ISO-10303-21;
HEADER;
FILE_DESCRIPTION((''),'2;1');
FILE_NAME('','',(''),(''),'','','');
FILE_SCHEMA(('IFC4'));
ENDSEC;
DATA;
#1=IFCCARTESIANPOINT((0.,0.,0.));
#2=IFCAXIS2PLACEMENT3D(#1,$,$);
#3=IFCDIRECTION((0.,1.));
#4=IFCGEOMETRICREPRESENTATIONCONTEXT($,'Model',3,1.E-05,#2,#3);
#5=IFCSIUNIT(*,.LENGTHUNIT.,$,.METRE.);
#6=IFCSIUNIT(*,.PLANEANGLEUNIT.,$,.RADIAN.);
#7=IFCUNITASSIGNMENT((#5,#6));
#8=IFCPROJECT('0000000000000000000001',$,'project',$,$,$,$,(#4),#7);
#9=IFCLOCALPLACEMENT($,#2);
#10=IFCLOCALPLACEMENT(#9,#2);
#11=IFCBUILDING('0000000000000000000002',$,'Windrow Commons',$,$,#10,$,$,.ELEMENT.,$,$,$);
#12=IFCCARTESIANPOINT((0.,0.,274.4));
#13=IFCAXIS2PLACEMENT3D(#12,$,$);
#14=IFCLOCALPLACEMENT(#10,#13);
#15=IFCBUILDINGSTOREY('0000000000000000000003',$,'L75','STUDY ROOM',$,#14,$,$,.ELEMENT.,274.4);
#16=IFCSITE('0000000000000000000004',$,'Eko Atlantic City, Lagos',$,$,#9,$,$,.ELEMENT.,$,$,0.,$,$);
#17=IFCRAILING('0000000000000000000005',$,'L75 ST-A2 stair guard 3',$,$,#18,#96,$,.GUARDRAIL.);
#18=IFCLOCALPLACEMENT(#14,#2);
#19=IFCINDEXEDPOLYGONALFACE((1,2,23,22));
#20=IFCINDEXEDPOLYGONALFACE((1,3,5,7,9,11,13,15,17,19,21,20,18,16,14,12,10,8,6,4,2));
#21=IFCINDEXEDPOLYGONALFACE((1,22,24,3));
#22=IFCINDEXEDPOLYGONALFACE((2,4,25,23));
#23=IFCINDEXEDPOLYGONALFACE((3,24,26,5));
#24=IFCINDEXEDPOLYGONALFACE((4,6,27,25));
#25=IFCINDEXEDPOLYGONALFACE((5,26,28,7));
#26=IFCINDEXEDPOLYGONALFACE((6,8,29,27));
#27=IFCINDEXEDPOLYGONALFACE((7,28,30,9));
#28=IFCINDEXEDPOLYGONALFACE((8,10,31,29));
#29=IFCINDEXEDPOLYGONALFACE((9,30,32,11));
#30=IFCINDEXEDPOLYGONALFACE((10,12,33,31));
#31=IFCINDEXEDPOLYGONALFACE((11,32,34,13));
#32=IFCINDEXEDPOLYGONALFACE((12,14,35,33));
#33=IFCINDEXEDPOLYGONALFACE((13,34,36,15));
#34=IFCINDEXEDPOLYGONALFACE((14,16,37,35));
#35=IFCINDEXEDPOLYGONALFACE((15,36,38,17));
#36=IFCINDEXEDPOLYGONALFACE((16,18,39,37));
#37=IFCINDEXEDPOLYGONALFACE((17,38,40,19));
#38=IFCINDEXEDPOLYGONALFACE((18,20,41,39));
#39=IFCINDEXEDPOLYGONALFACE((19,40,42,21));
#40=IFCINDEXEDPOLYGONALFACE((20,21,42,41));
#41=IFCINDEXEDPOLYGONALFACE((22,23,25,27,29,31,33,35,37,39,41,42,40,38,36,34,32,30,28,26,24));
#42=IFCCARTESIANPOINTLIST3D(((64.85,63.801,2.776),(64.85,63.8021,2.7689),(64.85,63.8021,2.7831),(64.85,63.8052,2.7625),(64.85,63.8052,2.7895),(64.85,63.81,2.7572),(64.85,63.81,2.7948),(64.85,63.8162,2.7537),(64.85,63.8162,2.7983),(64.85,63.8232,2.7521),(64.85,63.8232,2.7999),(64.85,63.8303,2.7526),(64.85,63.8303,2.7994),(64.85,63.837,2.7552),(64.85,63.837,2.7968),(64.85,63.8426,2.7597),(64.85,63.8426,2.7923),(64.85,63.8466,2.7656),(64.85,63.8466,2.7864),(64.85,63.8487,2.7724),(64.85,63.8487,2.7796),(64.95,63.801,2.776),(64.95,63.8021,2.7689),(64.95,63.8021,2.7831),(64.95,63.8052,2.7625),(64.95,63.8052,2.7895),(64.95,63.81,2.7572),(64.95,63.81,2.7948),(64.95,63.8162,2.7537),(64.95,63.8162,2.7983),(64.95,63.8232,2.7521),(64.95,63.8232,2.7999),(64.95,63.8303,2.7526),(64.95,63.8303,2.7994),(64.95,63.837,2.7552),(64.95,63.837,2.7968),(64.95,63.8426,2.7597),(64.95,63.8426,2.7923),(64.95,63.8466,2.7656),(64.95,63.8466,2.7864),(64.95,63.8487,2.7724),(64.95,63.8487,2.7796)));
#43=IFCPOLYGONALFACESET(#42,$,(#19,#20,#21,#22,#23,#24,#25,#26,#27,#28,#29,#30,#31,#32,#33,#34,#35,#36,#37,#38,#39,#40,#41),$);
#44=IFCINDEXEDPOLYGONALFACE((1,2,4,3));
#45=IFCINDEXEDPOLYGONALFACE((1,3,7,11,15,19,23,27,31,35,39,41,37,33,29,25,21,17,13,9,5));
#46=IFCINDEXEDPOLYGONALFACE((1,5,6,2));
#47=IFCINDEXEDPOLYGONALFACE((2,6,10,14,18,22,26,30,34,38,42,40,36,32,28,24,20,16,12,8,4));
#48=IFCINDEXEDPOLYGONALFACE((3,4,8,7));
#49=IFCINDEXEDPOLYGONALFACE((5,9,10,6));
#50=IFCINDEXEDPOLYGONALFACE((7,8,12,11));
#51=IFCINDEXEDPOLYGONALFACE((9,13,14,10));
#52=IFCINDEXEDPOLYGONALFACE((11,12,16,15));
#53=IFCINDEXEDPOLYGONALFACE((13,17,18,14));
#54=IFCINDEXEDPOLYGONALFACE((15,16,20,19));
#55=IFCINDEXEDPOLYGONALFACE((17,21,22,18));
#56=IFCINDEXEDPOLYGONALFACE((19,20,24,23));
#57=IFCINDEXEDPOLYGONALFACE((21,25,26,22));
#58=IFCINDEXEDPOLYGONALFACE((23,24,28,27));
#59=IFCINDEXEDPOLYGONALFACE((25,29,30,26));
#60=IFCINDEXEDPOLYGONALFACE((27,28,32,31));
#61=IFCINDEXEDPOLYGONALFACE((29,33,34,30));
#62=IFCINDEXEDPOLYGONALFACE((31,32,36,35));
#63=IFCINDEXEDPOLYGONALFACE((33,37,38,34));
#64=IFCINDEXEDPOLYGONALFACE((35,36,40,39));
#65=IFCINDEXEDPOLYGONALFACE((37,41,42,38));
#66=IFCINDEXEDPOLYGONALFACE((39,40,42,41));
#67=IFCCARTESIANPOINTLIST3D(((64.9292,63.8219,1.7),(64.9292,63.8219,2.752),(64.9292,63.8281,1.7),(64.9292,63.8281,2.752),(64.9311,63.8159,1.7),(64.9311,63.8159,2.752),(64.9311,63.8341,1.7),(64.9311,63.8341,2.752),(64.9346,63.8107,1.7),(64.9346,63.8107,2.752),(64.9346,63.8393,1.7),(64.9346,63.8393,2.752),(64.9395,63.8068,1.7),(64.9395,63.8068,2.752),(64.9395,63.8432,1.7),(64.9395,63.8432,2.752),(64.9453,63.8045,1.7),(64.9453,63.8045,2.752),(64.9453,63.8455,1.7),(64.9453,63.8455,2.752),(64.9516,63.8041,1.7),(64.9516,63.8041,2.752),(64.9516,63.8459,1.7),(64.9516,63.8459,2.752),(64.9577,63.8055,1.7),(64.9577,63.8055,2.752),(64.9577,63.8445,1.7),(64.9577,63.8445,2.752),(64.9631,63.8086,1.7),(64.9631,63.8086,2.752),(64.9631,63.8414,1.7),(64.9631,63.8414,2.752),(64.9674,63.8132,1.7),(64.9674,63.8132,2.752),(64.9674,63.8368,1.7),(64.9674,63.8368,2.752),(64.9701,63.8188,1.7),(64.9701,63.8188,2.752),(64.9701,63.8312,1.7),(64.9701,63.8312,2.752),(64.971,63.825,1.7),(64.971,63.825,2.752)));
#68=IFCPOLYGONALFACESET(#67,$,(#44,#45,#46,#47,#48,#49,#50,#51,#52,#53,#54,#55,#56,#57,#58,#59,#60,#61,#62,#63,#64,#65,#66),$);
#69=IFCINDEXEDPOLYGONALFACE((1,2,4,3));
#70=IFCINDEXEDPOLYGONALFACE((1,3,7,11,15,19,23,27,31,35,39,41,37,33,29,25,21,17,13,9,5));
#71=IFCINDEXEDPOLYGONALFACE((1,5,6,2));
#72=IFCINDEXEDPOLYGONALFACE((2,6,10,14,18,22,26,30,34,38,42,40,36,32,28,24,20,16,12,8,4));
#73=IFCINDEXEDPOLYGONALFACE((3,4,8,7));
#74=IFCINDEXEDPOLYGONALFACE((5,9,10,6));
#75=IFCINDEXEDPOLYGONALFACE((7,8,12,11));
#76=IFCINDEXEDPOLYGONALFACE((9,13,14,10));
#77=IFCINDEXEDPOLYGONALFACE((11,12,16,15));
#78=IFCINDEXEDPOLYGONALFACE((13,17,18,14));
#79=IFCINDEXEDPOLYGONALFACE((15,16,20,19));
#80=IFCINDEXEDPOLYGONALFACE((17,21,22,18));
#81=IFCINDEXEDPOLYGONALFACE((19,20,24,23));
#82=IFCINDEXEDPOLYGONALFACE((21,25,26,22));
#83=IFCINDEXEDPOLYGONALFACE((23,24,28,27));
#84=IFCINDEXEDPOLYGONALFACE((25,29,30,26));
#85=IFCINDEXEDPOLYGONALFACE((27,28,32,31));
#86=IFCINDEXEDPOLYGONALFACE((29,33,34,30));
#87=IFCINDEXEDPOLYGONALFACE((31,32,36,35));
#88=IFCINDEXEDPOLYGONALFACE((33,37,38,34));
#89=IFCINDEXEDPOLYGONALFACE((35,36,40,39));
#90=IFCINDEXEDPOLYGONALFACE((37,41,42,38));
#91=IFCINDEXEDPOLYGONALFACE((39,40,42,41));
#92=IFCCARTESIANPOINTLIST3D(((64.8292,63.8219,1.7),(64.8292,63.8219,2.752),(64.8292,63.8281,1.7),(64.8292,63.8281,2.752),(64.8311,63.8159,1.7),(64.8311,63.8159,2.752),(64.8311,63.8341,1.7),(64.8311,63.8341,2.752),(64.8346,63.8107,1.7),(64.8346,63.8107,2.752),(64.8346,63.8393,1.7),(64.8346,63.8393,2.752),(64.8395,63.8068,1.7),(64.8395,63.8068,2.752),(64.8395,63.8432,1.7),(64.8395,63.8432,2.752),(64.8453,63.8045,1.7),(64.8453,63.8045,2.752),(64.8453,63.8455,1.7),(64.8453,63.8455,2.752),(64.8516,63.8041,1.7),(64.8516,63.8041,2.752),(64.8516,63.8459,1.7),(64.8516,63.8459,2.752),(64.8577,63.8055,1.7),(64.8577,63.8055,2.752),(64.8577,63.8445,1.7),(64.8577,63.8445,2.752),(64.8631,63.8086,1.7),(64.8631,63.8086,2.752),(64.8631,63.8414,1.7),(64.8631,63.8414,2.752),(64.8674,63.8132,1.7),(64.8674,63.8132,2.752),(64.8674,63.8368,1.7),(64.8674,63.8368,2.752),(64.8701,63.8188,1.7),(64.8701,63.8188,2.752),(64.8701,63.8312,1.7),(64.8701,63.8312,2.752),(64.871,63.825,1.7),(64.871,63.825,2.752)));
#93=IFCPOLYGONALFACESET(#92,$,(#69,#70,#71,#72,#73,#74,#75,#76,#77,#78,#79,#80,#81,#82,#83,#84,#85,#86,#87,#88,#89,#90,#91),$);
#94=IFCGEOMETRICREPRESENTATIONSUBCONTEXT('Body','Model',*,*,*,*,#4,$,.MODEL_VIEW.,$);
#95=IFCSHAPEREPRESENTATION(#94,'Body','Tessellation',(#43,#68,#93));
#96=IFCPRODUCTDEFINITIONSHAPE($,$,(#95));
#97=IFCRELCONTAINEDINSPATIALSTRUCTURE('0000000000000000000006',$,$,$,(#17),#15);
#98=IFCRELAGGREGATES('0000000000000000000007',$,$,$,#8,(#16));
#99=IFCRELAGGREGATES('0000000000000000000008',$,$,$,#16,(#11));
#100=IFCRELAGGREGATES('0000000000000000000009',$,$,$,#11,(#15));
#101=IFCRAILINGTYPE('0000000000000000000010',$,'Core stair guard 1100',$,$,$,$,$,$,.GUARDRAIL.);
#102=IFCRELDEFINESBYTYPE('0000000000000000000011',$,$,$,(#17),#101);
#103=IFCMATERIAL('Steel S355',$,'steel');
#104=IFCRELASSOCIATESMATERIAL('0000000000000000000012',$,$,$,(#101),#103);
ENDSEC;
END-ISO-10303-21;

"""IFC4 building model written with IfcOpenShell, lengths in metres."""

from ifc_helpers import new_model, si_unit, direction, frame, origin, origin_2d, place, context, subcontext, project, spatial, circle, extrude, material, type_object, element, save


model = new_model("IFC4")

# Units and contexts
model_context = context("Model", 3, precision=1e-05, world=origin(), true_north=direction((0.0, 1.0)))
body_context = subcontext(model_context, "Body", "Model", "MODEL_VIEW")
ifc_project = project(units=[si_unit("LENGTHUNIT", "METRE"), si_unit("PLANEANGLEUNIT", "RADIAN")], contexts=[model_context])

# Site, building, storey
site_placement = place(None, origin())
site = spatial("IfcSite", under=ifc_project, at=site_placement, Name="Eko Atlantic City, Lagos", CompositionType="ELEMENT", RefElevation=0.0)
building_placement = place(site_placement, origin())
building = spatial("IfcBuilding", under=site, at=building_placement, Name="Windrow Commons", CompositionType="ELEMENT")
storey_placement = place(building_placement, frame((0.0, 0.0, 274.4)))
storey = spatial("IfcBuildingStorey", under=building, at=storey_placement, Name="L75", Description="STUDY ROOM", CompositionType="ELEMENT", Elevation=274.4)

# Railing
ifc_material_1 = material(Name="Steel S355", Category="steel")
railing_type = type_object("IfcRailingType", Name="Core stair guard 1100", PredefinedType="GUARDRAIL", material=ifc_material_1)
railing_placement = place(storey_placement, frame((64.95, 63.825, 1.7)))
element("IfcRailing", 1, at=railing_placement, inside=storey, type_object=railing_type, Name="L75 ST-A2 stair guard 3", PredefinedType="GUARDRAIL", context=body_context, shape_type="SweptSolid", body=[
    extrude(circle(Radius=0.024, at=origin_2d()), frame((0.0, 0.0, 1.076), z_axis=(-1.0, 0.0, 0.0), x_axis=(0.0, -1.0, 0.0)), (0.0, 0.0, 1.0), 0.1),
    extrude(circle(Radius=0.021, at=origin_2d()), origin(), (0.0, 0.0, 1.0), 1.052),
    extrude(circle(Radius=0.021, at=origin_2d()), frame((-0.1, 0.0, 0.0)), (0.0, 0.0, 1.0), 1.052),
])

save(model, "model.ifc")
